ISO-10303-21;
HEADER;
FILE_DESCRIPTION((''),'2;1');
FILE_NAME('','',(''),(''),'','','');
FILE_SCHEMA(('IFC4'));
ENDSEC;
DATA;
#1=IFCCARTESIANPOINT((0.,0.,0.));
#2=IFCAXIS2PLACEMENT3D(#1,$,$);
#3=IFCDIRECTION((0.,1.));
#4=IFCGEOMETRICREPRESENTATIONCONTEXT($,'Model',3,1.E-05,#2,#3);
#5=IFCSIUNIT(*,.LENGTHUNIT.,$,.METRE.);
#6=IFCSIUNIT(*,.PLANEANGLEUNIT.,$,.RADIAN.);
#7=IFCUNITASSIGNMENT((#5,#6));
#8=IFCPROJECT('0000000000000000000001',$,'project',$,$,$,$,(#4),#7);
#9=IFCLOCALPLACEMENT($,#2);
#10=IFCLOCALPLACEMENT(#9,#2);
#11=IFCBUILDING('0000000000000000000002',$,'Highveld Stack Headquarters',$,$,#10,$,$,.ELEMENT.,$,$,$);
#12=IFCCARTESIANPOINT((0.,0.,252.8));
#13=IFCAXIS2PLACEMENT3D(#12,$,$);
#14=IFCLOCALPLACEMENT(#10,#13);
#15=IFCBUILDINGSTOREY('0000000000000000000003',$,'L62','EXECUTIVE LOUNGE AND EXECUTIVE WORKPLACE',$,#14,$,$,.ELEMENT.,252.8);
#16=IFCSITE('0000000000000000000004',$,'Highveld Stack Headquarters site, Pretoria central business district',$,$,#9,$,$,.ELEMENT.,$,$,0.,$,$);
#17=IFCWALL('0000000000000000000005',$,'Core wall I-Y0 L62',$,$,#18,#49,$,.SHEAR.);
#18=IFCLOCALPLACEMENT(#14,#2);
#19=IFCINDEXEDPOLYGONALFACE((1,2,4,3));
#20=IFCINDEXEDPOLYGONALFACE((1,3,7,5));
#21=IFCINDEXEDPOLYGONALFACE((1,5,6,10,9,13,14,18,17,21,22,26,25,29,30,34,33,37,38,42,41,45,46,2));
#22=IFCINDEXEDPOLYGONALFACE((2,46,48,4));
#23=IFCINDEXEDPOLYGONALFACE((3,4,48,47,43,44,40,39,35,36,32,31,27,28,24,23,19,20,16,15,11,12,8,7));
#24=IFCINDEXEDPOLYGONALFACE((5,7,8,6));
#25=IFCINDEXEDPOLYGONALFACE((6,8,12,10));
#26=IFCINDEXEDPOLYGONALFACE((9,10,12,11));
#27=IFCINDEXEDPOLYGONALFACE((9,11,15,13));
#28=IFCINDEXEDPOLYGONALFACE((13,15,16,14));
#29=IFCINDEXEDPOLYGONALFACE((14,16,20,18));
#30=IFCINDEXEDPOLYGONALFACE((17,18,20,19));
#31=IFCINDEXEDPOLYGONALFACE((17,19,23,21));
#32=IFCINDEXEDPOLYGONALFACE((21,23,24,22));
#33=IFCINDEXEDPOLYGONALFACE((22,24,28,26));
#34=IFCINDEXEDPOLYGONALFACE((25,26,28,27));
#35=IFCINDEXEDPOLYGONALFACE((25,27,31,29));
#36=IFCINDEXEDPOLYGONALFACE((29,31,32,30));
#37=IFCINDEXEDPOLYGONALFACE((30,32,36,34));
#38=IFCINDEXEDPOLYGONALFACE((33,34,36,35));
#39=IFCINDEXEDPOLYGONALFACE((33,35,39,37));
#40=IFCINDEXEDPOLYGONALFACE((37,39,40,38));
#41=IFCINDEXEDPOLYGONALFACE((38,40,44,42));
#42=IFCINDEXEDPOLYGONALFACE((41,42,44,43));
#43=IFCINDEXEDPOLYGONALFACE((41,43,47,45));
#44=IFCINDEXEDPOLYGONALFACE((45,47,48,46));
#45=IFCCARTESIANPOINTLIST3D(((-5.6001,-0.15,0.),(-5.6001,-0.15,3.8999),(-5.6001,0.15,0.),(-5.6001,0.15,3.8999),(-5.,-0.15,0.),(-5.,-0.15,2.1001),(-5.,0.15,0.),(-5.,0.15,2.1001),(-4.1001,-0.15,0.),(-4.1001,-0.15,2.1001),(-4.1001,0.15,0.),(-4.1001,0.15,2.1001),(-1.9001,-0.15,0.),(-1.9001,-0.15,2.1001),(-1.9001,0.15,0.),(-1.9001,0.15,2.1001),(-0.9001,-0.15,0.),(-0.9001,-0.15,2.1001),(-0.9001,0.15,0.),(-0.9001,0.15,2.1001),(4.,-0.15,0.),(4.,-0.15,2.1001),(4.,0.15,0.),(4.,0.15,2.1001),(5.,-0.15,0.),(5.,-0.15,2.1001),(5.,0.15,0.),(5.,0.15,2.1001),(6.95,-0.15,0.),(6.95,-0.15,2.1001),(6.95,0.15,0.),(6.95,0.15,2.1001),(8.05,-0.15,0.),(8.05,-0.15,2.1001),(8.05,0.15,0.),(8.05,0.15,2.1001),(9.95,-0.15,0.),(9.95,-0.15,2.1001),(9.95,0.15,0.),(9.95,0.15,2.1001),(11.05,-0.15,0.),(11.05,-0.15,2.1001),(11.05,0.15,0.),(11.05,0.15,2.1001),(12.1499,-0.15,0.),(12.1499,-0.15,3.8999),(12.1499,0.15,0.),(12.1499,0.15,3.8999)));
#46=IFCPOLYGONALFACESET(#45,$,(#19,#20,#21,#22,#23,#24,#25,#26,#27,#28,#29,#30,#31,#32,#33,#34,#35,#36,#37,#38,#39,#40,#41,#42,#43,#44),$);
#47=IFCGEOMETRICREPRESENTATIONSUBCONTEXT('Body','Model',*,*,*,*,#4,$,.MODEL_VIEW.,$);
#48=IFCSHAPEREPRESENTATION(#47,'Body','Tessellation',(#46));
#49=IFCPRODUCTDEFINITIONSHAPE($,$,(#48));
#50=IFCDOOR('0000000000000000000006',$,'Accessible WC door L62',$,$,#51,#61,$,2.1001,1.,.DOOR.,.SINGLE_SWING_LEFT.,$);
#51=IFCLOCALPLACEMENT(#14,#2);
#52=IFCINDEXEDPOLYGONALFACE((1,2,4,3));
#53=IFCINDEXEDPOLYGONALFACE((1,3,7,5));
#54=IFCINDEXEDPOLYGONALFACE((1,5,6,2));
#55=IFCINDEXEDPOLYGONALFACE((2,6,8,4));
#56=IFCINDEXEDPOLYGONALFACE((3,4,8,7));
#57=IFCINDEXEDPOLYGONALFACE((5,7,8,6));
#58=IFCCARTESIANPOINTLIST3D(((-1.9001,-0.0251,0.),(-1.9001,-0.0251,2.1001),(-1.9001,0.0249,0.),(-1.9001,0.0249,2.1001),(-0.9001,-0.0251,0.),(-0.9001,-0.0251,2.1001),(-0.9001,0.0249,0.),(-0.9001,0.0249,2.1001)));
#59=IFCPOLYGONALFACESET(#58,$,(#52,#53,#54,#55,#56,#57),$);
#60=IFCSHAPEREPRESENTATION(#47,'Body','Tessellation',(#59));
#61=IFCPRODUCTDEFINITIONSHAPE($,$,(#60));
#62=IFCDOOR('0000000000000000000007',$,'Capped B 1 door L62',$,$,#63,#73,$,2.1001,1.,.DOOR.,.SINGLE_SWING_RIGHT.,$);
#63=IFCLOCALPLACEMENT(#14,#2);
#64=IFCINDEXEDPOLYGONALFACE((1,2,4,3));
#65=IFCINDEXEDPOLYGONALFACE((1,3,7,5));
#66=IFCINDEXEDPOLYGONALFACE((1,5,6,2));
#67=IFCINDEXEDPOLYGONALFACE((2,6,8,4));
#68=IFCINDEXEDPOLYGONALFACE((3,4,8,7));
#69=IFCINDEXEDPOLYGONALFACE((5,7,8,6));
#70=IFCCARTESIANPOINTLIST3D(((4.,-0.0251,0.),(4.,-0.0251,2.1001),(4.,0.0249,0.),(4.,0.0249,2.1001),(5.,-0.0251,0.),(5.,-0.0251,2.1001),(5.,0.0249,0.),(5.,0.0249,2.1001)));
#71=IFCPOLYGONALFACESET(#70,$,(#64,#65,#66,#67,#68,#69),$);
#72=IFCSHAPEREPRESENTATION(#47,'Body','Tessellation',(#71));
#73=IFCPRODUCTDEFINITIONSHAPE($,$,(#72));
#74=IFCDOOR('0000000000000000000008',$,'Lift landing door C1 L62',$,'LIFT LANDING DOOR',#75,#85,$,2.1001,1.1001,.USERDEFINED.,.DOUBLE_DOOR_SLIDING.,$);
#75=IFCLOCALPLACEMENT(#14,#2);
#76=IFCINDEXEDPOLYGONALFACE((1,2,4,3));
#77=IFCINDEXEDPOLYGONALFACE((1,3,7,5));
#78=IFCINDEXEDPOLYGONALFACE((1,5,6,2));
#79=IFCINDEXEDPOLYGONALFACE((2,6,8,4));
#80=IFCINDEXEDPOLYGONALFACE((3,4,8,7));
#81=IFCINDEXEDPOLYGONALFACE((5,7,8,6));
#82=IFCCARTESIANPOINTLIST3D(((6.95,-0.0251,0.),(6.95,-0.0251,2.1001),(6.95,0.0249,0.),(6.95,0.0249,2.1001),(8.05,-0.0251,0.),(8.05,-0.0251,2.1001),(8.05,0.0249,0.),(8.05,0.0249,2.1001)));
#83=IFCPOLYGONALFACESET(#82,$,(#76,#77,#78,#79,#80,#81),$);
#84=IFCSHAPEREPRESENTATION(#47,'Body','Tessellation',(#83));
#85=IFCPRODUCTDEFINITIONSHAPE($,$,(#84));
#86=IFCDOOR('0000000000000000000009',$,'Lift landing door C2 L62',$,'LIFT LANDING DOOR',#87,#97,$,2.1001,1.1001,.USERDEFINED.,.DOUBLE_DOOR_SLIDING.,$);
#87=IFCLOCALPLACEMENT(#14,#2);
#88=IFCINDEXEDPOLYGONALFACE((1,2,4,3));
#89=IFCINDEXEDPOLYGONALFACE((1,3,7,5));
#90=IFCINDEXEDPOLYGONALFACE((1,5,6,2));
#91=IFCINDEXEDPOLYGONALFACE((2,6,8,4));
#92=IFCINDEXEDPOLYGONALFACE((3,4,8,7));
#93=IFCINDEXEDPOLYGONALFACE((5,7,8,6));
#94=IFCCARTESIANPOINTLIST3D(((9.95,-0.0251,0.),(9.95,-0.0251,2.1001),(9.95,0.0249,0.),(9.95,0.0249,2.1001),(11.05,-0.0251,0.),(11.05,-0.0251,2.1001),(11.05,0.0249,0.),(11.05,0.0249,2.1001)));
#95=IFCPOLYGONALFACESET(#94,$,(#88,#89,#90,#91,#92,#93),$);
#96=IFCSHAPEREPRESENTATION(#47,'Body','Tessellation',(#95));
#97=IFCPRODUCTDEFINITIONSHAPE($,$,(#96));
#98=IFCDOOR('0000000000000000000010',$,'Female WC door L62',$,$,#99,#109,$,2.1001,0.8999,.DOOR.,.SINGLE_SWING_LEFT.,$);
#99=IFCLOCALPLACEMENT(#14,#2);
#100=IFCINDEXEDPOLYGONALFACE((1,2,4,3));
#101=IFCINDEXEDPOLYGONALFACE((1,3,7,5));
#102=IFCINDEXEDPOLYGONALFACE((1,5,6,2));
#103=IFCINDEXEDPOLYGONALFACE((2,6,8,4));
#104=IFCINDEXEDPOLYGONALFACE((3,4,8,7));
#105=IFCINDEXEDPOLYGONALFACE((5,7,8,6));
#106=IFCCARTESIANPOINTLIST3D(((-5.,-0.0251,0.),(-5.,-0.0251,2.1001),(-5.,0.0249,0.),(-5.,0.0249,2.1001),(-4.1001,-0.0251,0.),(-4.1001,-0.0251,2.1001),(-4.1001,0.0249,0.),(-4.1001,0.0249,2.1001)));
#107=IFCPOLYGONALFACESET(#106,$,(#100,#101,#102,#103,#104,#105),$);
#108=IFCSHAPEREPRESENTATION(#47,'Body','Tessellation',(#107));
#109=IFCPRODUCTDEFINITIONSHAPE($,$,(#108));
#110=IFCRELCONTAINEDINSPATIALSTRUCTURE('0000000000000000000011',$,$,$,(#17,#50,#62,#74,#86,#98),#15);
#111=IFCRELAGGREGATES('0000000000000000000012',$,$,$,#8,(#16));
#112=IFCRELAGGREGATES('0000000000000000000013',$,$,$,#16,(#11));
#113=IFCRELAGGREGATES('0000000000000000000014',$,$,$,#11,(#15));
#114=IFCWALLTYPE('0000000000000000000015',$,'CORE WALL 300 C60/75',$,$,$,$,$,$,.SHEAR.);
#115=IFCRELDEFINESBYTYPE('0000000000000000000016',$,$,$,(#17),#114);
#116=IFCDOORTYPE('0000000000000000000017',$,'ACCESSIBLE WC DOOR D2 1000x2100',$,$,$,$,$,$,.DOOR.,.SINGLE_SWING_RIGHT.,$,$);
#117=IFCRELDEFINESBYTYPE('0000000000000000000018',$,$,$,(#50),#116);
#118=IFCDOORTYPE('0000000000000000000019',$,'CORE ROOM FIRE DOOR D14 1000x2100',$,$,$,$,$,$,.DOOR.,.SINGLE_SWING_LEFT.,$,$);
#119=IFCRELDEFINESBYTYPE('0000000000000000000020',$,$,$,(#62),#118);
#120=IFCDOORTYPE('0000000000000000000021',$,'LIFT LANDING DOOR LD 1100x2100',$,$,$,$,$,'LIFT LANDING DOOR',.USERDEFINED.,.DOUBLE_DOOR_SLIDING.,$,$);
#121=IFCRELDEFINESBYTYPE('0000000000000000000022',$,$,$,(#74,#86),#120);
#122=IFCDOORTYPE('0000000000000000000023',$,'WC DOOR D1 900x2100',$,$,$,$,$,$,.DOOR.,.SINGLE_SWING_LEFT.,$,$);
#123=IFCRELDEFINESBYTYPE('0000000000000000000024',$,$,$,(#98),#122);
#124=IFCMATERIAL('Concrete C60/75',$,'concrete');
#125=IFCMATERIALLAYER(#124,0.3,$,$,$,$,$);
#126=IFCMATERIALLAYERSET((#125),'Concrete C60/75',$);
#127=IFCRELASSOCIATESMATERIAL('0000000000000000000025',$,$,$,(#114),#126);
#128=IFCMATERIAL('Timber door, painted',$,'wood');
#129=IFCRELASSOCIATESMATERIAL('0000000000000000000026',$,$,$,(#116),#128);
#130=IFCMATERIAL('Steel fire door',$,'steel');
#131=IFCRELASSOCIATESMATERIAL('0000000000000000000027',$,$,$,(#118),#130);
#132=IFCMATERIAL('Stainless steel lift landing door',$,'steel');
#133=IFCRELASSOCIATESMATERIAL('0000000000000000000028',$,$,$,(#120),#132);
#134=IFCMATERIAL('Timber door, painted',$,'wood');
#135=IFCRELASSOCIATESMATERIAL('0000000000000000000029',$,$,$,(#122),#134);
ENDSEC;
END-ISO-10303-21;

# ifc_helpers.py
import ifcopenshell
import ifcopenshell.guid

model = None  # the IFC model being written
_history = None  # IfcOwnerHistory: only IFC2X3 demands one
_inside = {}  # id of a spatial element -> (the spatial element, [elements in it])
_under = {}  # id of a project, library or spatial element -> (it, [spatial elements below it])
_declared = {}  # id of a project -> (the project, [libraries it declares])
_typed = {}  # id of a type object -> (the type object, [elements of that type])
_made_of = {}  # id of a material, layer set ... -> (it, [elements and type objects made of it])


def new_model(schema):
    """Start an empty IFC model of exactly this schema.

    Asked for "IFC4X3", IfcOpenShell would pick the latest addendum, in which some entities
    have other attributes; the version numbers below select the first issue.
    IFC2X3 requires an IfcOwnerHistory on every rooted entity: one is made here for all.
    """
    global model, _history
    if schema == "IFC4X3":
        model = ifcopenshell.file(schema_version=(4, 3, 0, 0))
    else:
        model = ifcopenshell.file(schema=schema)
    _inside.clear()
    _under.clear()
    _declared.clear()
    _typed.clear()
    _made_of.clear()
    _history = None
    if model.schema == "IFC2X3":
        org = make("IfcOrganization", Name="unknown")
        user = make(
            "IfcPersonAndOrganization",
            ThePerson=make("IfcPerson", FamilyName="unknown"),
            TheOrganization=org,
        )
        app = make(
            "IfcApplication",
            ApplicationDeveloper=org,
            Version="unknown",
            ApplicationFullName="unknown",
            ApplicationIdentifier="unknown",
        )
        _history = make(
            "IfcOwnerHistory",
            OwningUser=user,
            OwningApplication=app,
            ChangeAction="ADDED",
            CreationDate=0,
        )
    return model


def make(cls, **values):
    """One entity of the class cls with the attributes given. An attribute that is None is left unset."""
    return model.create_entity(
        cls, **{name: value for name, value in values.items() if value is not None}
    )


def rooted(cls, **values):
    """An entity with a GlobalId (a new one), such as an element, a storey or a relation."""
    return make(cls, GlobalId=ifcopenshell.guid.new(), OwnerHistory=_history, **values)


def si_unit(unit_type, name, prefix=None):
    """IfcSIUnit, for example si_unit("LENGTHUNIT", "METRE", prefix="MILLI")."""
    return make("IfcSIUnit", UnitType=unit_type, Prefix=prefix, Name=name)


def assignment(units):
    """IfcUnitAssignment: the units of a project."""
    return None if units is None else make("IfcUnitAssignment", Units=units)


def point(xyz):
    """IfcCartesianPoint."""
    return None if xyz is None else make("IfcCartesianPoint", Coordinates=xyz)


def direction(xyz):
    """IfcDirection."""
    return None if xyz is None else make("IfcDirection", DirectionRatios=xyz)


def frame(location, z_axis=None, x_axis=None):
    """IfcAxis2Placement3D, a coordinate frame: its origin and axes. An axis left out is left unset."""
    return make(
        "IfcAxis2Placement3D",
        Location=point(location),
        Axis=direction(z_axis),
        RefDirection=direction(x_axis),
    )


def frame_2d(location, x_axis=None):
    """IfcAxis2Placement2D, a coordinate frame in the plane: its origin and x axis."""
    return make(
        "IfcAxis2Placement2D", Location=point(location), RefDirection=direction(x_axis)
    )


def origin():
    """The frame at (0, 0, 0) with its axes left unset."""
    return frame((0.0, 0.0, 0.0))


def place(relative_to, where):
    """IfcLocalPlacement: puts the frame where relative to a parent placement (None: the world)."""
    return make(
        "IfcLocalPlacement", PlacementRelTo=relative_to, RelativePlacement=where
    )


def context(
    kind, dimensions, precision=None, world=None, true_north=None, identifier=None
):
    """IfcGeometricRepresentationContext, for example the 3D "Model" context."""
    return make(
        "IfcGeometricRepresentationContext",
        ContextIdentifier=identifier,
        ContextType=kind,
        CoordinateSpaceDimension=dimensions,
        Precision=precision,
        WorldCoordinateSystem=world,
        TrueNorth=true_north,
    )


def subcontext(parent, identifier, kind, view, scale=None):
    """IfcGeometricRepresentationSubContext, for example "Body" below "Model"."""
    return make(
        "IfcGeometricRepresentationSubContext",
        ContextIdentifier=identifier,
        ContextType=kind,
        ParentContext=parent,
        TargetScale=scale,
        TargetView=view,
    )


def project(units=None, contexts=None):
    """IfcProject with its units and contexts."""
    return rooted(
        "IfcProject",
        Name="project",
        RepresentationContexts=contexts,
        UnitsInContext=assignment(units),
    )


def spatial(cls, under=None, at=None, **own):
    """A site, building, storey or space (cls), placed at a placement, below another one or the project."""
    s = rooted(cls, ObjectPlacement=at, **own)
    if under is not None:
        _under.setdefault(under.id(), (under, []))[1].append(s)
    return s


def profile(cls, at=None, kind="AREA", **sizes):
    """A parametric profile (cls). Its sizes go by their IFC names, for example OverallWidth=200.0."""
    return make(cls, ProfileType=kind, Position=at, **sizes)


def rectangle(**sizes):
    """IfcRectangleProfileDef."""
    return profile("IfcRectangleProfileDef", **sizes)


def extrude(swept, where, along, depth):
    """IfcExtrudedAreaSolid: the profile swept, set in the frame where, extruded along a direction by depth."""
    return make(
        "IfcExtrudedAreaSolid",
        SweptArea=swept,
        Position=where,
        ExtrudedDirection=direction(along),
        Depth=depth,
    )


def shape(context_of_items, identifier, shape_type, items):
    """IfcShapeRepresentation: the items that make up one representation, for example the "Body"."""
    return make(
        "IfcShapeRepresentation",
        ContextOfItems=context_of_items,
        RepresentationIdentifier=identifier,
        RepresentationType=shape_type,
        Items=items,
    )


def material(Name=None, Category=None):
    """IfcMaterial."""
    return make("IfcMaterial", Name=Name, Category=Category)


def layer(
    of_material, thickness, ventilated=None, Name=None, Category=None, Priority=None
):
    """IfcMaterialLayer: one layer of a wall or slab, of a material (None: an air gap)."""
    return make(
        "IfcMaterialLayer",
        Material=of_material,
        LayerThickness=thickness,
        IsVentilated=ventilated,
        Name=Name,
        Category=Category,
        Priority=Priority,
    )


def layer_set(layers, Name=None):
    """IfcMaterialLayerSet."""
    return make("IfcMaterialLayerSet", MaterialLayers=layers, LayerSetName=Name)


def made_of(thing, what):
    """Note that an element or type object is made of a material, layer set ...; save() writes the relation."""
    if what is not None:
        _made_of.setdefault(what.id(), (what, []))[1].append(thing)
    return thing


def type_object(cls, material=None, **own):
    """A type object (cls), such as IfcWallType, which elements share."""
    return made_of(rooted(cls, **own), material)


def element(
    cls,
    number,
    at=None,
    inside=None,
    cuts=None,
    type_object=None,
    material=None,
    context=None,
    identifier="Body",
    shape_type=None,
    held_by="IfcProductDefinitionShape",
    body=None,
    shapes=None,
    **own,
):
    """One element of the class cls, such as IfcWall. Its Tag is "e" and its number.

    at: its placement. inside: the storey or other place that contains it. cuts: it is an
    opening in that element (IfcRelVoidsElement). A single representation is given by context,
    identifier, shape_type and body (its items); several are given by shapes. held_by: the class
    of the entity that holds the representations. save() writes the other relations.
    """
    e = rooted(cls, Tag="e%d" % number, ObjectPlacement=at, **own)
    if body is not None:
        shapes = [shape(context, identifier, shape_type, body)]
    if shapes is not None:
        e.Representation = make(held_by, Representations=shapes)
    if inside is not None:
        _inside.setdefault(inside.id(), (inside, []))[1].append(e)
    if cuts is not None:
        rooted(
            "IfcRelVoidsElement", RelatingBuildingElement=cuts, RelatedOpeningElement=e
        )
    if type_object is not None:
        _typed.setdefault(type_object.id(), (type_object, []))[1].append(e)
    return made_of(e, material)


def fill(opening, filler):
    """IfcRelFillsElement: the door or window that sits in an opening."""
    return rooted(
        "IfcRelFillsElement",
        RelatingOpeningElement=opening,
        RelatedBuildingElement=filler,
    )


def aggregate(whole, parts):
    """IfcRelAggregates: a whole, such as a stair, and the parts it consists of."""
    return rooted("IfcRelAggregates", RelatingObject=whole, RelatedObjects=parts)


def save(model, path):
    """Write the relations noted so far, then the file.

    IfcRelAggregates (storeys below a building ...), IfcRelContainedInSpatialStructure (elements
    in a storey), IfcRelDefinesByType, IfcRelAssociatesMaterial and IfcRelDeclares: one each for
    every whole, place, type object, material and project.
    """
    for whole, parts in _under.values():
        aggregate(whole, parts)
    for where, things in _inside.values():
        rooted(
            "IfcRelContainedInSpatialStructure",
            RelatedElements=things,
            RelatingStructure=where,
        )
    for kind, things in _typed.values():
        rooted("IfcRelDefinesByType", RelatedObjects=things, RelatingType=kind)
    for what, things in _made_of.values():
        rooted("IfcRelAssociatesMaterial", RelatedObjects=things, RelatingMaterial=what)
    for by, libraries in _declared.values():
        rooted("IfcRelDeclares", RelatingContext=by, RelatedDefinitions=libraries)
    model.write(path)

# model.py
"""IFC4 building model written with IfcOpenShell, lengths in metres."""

from ifc_helpers import new_model, si_unit, direction, frame, frame_2d, origin, place, context, subcontext, project, spatial, rectangle, extrude, material, layer, layer_set, type_object, element, fill, save


model = new_model("IFC4")

# Units and contexts
model_context = context("Model", 3, precision=1e-05, world=origin(), true_north=direction((0.0, 1.0)))
body_context = subcontext(model_context, "Body", "Model", "MODEL_VIEW")
ifc_project = project(units=[si_unit("LENGTHUNIT", "METRE"), si_unit("PLANEANGLEUNIT", "RADIAN")], contexts=[model_context])

# Site, building, storey
site_placement = place(None, origin())
site = spatial("IfcSite", under=ifc_project, at=site_placement, Name="Highveld Stack Headquarters site, Pretoria central business district", CompositionType="ELEMENT", RefElevation=0.0)
building_placement = place(site_placement, origin())
building = spatial("IfcBuilding", under=site, at=building_placement, Name="Highveld Stack Headquarters", CompositionType="ELEMENT")
storey_placement = place(building_placement, frame((0.0, 0.0, 252.8)))
storey = spatial("IfcBuildingStorey", under=building, at=storey_placement, Name="L62", Description="EXECUTIVE LOUNGE AND EXECUTIVE WORKPLACE", CompositionType="ELEMENT", Elevation=252.8)

# Wall, openings, doors
ifc_material_1 = material(Name="Concrete C60/75", Category="concrete")
ifc_layer_1 = layer(ifc_material_1, 0.3)
ifc_layer_set_1 = layer_set([ifc_layer_1], Name="Concrete C60/75")
wall_type_1 = type_object("IfcWallType", Name="CORE WALL 300 C60/75", PredefinedType="SHEAR", material=ifc_layer_set_1)
wall_1_placement = place(storey_placement, frame((-5.6001, 0.0, 0.0), z_axis=(0.0, 0.0, 1.0), x_axis=(1.0, 0.0, 0.0)))
wall_1 = element("IfcWall", 1, at=wall_1_placement, inside=storey, type_object=wall_type_1, Name="Core wall I-Y0 L62", PredefinedType="SHEAR", context=body_context, shape_type="SweptSolid", body=[
    extrude(rectangle(XDim=17.75, YDim=0.3, at=frame_2d((8.875, 0.0))), origin(), (0.0, 0.0, 1.0), 3.8999),
])
opening_1_placement = place(wall_1_placement, frame((0.6001, 0.0, 0.0)))
opening_1 = element("IfcOpeningElement", 2, at=opening_1_placement, cuts=wall_1, PredefinedType="OPENING", context=body_context, shape_type="SweptSolid", body=[
    extrude(rectangle(XDim=0.8999, YDim=2.1001, at=frame_2d((0.45, 1.05))), frame((0.0, 0.1599, 0.0), z_axis=(0.0, -1.0, 0.0), x_axis=(1.0, 0.0, 0.0)), (0.0, 0.0, 1.0), 0.3201),
])
opening_2_placement = place(wall_1_placement, frame((3.7, 0.0, 0.0)))
opening_2 = element("IfcOpeningElement", 3, at=opening_2_placement, cuts=wall_1, PredefinedType="OPENING", context=body_context, shape_type="SweptSolid", body=[
    extrude(rectangle(XDim=1.0, YDim=2.1001, at=frame_2d((0.5, 1.05))), frame((0.0, 0.1599, 0.0), z_axis=(0.0, -1.0, 0.0), x_axis=(1.0, 0.0, 0.0)), (0.0, 0.0, 1.0), 0.3201),
])
opening_3_placement = place(wall_1_placement, frame((9.6001, 0.0, 0.0)))
opening_3 = element("IfcOpeningElement", 4, at=opening_3_placement, cuts=wall_1, PredefinedType="OPENING", context=body_context, shape_type="SweptSolid", body=[
    extrude(rectangle(XDim=1.0, YDim=2.1001, at=frame_2d((0.5, 1.05))), frame((0.0, 0.1599, 0.0), z_axis=(0.0, -1.0, 0.0), x_axis=(1.0, 0.0, 0.0)), (0.0, 0.0, 1.0), 0.3201),
])
opening_4_placement = place(wall_1_placement, frame((12.55, 0.0, 0.0)))
opening_4 = element("IfcOpeningElement", 5, at=opening_4_placement, cuts=wall_1, PredefinedType="OPENING", context=body_context, shape_type="SweptSolid", body=[
    extrude(rectangle(XDim=1.1001, YDim=2.1001, at=frame_2d((0.55, 1.05))), frame((0.0, 0.1599, 0.0), z_axis=(0.0, -1.0, 0.0), x_axis=(1.0, 0.0, 0.0)), (0.0, 0.0, 1.0), 0.3201),
])
opening_5_placement = place(wall_1_placement, frame((15.55, 0.0, 0.0)))
opening_5 = element("IfcOpeningElement", 6, at=opening_5_placement, cuts=wall_1, PredefinedType="OPENING", context=body_context, shape_type="SweptSolid", body=[
    extrude(rectangle(XDim=1.1001, YDim=2.1001, at=frame_2d((0.55, 1.05))), frame((0.0, 0.1599, 0.0), z_axis=(0.0, -1.0, 0.0), x_axis=(1.0, 0.0, 0.0)), (0.0, 0.0, 1.0), 0.3201),
])
ifc_material_2 = material(Name="Timber door, painted", Category="wood")
door_type_1 = type_object("IfcDoorType", Name="ACCESSIBLE WC DOOR D2 1000x2100", OperationType="SINGLE_SWING_RIGHT", PredefinedType="DOOR", material=ifc_material_2)
door_1_placement = place(opening_2_placement, origin())
door_1 = element("IfcDoor", 7, at=door_1_placement, inside=storey, type_object=door_type_1, Name="Accessible WC door L62", OperationType="SINGLE_SWING_LEFT", OverallHeight=2.1001, OverallWidth=1.0, PredefinedType="DOOR", context=body_context, shape_type="SweptSolid", body=[
    extrude(rectangle(XDim=1.0, YDim=2.1001, at=frame_2d((0.5, 1.05))), frame((0.0, 0.0249, 0.0), z_axis=(0.0, -1.0, 0.0), x_axis=(1.0, 0.0, 0.0)), (0.0, 0.0, 1.0), 0.05),
])
fill(opening_2, door_1)
ifc_material_3 = material(Name="Steel fire door", Category="steel")
door_type_2 = type_object("IfcDoorType", Name="CORE ROOM FIRE DOOR D14 1000x2100", OperationType="SINGLE_SWING_LEFT", PredefinedType="DOOR", material=ifc_material_3)
door_2_placement = place(opening_3_placement, origin())
door_2 = element("IfcDoor", 8, at=door_2_placement, inside=storey, type_object=door_type_2, Name="Capped B 1 door L62", OperationType="SINGLE_SWING_RIGHT", OverallHeight=2.1001, OverallWidth=1.0, PredefinedType="DOOR", context=body_context, shape_type="SweptSolid", body=[
    extrude(rectangle(XDim=1.0, YDim=2.1001, at=frame_2d((0.5, 1.05))), frame((0.0, 0.0249, 0.0), z_axis=(0.0, -1.0, 0.0), x_axis=(1.0, 0.0, 0.0)), (0.0, 0.0, 1.0), 0.05),
])
fill(opening_3, door_2)
ifc_material_4 = material(Name="Stainless steel lift landing door", Category="steel")
door_type_3 = type_object("IfcDoorType", Name="LIFT LANDING DOOR LD 1100x2100", ElementType="LIFT LANDING DOOR", OperationType="DOUBLE_DOOR_SLIDING", PredefinedType="USERDEFINED", material=ifc_material_4)
door_3_placement = place(opening_4_placement, origin())
door_3 = element("IfcDoor", 9, at=door_3_placement, inside=storey, type_object=door_type_3, Name="Lift landing door C1 L62", ObjectType="LIFT LANDING DOOR", OperationType="DOUBLE_DOOR_SLIDING", OverallHeight=2.1001, OverallWidth=1.1001, PredefinedType="USERDEFINED", context=body_context, shape_type="SweptSolid", body=[
    extrude(rectangle(XDim=1.1001, YDim=2.1001, at=frame_2d((0.55, 1.05))), frame((0.0, 0.0249, 0.0), z_axis=(0.0, -1.0, 0.0), x_axis=(1.0, 0.0, 0.0)), (0.0, 0.0, 1.0), 0.05),
])
fill(opening_4, door_3)
door_4_placement = place(opening_5_placement, origin())
door_4 = element("IfcDoor", 10, at=door_4_placement, inside=storey, type_object=door_type_3, Name="Lift landing door C2 L62", ObjectType="LIFT LANDING DOOR", OperationType="DOUBLE_DOOR_SLIDING", OverallHeight=2.1001, OverallWidth=1.1001, PredefinedType="USERDEFINED", context=body_context, shape_type="SweptSolid", body=[
    extrude(rectangle(XDim=1.1001, YDim=2.1001, at=frame_2d((0.55, 1.05))), frame((0.0, 0.0249, 0.0), z_axis=(0.0, -1.0, 0.0), x_axis=(1.0, 0.0, 0.0)), (0.0, 0.0, 1.0), 0.05),
])
fill(opening_5, door_4)
ifc_material_5 = material(Name="Timber door, painted", Category="wood")
door_type_4 = type_object("IfcDoorType", Name="WC DOOR D1 900x2100", OperationType="SINGLE_SWING_LEFT", PredefinedType="DOOR", material=ifc_material_5)
door_5_placement = place(opening_1_placement, origin())
door_5 = element("IfcDoor", 11, at=door_5_placement, inside=storey, type_object=door_type_4, Name="Female WC door L62", OperationType="SINGLE_SWING_LEFT", OverallHeight=2.1001, OverallWidth=0.8999, PredefinedType="DOOR", context=body_context, shape_type="SweptSolid", body=[
    extrude(rectangle(XDim=0.8999, YDim=2.1001, at=frame_2d((0.45, 1.05))), frame((0.0, 0.0249, 0.0), z_axis=(0.0, -1.0, 0.0), x_axis=(1.0, 0.0, 0.0)), (0.0, 0.0, 1.0), 0.05),
])
fill(opening_1, door_5)

save(model, "model.ifc")
